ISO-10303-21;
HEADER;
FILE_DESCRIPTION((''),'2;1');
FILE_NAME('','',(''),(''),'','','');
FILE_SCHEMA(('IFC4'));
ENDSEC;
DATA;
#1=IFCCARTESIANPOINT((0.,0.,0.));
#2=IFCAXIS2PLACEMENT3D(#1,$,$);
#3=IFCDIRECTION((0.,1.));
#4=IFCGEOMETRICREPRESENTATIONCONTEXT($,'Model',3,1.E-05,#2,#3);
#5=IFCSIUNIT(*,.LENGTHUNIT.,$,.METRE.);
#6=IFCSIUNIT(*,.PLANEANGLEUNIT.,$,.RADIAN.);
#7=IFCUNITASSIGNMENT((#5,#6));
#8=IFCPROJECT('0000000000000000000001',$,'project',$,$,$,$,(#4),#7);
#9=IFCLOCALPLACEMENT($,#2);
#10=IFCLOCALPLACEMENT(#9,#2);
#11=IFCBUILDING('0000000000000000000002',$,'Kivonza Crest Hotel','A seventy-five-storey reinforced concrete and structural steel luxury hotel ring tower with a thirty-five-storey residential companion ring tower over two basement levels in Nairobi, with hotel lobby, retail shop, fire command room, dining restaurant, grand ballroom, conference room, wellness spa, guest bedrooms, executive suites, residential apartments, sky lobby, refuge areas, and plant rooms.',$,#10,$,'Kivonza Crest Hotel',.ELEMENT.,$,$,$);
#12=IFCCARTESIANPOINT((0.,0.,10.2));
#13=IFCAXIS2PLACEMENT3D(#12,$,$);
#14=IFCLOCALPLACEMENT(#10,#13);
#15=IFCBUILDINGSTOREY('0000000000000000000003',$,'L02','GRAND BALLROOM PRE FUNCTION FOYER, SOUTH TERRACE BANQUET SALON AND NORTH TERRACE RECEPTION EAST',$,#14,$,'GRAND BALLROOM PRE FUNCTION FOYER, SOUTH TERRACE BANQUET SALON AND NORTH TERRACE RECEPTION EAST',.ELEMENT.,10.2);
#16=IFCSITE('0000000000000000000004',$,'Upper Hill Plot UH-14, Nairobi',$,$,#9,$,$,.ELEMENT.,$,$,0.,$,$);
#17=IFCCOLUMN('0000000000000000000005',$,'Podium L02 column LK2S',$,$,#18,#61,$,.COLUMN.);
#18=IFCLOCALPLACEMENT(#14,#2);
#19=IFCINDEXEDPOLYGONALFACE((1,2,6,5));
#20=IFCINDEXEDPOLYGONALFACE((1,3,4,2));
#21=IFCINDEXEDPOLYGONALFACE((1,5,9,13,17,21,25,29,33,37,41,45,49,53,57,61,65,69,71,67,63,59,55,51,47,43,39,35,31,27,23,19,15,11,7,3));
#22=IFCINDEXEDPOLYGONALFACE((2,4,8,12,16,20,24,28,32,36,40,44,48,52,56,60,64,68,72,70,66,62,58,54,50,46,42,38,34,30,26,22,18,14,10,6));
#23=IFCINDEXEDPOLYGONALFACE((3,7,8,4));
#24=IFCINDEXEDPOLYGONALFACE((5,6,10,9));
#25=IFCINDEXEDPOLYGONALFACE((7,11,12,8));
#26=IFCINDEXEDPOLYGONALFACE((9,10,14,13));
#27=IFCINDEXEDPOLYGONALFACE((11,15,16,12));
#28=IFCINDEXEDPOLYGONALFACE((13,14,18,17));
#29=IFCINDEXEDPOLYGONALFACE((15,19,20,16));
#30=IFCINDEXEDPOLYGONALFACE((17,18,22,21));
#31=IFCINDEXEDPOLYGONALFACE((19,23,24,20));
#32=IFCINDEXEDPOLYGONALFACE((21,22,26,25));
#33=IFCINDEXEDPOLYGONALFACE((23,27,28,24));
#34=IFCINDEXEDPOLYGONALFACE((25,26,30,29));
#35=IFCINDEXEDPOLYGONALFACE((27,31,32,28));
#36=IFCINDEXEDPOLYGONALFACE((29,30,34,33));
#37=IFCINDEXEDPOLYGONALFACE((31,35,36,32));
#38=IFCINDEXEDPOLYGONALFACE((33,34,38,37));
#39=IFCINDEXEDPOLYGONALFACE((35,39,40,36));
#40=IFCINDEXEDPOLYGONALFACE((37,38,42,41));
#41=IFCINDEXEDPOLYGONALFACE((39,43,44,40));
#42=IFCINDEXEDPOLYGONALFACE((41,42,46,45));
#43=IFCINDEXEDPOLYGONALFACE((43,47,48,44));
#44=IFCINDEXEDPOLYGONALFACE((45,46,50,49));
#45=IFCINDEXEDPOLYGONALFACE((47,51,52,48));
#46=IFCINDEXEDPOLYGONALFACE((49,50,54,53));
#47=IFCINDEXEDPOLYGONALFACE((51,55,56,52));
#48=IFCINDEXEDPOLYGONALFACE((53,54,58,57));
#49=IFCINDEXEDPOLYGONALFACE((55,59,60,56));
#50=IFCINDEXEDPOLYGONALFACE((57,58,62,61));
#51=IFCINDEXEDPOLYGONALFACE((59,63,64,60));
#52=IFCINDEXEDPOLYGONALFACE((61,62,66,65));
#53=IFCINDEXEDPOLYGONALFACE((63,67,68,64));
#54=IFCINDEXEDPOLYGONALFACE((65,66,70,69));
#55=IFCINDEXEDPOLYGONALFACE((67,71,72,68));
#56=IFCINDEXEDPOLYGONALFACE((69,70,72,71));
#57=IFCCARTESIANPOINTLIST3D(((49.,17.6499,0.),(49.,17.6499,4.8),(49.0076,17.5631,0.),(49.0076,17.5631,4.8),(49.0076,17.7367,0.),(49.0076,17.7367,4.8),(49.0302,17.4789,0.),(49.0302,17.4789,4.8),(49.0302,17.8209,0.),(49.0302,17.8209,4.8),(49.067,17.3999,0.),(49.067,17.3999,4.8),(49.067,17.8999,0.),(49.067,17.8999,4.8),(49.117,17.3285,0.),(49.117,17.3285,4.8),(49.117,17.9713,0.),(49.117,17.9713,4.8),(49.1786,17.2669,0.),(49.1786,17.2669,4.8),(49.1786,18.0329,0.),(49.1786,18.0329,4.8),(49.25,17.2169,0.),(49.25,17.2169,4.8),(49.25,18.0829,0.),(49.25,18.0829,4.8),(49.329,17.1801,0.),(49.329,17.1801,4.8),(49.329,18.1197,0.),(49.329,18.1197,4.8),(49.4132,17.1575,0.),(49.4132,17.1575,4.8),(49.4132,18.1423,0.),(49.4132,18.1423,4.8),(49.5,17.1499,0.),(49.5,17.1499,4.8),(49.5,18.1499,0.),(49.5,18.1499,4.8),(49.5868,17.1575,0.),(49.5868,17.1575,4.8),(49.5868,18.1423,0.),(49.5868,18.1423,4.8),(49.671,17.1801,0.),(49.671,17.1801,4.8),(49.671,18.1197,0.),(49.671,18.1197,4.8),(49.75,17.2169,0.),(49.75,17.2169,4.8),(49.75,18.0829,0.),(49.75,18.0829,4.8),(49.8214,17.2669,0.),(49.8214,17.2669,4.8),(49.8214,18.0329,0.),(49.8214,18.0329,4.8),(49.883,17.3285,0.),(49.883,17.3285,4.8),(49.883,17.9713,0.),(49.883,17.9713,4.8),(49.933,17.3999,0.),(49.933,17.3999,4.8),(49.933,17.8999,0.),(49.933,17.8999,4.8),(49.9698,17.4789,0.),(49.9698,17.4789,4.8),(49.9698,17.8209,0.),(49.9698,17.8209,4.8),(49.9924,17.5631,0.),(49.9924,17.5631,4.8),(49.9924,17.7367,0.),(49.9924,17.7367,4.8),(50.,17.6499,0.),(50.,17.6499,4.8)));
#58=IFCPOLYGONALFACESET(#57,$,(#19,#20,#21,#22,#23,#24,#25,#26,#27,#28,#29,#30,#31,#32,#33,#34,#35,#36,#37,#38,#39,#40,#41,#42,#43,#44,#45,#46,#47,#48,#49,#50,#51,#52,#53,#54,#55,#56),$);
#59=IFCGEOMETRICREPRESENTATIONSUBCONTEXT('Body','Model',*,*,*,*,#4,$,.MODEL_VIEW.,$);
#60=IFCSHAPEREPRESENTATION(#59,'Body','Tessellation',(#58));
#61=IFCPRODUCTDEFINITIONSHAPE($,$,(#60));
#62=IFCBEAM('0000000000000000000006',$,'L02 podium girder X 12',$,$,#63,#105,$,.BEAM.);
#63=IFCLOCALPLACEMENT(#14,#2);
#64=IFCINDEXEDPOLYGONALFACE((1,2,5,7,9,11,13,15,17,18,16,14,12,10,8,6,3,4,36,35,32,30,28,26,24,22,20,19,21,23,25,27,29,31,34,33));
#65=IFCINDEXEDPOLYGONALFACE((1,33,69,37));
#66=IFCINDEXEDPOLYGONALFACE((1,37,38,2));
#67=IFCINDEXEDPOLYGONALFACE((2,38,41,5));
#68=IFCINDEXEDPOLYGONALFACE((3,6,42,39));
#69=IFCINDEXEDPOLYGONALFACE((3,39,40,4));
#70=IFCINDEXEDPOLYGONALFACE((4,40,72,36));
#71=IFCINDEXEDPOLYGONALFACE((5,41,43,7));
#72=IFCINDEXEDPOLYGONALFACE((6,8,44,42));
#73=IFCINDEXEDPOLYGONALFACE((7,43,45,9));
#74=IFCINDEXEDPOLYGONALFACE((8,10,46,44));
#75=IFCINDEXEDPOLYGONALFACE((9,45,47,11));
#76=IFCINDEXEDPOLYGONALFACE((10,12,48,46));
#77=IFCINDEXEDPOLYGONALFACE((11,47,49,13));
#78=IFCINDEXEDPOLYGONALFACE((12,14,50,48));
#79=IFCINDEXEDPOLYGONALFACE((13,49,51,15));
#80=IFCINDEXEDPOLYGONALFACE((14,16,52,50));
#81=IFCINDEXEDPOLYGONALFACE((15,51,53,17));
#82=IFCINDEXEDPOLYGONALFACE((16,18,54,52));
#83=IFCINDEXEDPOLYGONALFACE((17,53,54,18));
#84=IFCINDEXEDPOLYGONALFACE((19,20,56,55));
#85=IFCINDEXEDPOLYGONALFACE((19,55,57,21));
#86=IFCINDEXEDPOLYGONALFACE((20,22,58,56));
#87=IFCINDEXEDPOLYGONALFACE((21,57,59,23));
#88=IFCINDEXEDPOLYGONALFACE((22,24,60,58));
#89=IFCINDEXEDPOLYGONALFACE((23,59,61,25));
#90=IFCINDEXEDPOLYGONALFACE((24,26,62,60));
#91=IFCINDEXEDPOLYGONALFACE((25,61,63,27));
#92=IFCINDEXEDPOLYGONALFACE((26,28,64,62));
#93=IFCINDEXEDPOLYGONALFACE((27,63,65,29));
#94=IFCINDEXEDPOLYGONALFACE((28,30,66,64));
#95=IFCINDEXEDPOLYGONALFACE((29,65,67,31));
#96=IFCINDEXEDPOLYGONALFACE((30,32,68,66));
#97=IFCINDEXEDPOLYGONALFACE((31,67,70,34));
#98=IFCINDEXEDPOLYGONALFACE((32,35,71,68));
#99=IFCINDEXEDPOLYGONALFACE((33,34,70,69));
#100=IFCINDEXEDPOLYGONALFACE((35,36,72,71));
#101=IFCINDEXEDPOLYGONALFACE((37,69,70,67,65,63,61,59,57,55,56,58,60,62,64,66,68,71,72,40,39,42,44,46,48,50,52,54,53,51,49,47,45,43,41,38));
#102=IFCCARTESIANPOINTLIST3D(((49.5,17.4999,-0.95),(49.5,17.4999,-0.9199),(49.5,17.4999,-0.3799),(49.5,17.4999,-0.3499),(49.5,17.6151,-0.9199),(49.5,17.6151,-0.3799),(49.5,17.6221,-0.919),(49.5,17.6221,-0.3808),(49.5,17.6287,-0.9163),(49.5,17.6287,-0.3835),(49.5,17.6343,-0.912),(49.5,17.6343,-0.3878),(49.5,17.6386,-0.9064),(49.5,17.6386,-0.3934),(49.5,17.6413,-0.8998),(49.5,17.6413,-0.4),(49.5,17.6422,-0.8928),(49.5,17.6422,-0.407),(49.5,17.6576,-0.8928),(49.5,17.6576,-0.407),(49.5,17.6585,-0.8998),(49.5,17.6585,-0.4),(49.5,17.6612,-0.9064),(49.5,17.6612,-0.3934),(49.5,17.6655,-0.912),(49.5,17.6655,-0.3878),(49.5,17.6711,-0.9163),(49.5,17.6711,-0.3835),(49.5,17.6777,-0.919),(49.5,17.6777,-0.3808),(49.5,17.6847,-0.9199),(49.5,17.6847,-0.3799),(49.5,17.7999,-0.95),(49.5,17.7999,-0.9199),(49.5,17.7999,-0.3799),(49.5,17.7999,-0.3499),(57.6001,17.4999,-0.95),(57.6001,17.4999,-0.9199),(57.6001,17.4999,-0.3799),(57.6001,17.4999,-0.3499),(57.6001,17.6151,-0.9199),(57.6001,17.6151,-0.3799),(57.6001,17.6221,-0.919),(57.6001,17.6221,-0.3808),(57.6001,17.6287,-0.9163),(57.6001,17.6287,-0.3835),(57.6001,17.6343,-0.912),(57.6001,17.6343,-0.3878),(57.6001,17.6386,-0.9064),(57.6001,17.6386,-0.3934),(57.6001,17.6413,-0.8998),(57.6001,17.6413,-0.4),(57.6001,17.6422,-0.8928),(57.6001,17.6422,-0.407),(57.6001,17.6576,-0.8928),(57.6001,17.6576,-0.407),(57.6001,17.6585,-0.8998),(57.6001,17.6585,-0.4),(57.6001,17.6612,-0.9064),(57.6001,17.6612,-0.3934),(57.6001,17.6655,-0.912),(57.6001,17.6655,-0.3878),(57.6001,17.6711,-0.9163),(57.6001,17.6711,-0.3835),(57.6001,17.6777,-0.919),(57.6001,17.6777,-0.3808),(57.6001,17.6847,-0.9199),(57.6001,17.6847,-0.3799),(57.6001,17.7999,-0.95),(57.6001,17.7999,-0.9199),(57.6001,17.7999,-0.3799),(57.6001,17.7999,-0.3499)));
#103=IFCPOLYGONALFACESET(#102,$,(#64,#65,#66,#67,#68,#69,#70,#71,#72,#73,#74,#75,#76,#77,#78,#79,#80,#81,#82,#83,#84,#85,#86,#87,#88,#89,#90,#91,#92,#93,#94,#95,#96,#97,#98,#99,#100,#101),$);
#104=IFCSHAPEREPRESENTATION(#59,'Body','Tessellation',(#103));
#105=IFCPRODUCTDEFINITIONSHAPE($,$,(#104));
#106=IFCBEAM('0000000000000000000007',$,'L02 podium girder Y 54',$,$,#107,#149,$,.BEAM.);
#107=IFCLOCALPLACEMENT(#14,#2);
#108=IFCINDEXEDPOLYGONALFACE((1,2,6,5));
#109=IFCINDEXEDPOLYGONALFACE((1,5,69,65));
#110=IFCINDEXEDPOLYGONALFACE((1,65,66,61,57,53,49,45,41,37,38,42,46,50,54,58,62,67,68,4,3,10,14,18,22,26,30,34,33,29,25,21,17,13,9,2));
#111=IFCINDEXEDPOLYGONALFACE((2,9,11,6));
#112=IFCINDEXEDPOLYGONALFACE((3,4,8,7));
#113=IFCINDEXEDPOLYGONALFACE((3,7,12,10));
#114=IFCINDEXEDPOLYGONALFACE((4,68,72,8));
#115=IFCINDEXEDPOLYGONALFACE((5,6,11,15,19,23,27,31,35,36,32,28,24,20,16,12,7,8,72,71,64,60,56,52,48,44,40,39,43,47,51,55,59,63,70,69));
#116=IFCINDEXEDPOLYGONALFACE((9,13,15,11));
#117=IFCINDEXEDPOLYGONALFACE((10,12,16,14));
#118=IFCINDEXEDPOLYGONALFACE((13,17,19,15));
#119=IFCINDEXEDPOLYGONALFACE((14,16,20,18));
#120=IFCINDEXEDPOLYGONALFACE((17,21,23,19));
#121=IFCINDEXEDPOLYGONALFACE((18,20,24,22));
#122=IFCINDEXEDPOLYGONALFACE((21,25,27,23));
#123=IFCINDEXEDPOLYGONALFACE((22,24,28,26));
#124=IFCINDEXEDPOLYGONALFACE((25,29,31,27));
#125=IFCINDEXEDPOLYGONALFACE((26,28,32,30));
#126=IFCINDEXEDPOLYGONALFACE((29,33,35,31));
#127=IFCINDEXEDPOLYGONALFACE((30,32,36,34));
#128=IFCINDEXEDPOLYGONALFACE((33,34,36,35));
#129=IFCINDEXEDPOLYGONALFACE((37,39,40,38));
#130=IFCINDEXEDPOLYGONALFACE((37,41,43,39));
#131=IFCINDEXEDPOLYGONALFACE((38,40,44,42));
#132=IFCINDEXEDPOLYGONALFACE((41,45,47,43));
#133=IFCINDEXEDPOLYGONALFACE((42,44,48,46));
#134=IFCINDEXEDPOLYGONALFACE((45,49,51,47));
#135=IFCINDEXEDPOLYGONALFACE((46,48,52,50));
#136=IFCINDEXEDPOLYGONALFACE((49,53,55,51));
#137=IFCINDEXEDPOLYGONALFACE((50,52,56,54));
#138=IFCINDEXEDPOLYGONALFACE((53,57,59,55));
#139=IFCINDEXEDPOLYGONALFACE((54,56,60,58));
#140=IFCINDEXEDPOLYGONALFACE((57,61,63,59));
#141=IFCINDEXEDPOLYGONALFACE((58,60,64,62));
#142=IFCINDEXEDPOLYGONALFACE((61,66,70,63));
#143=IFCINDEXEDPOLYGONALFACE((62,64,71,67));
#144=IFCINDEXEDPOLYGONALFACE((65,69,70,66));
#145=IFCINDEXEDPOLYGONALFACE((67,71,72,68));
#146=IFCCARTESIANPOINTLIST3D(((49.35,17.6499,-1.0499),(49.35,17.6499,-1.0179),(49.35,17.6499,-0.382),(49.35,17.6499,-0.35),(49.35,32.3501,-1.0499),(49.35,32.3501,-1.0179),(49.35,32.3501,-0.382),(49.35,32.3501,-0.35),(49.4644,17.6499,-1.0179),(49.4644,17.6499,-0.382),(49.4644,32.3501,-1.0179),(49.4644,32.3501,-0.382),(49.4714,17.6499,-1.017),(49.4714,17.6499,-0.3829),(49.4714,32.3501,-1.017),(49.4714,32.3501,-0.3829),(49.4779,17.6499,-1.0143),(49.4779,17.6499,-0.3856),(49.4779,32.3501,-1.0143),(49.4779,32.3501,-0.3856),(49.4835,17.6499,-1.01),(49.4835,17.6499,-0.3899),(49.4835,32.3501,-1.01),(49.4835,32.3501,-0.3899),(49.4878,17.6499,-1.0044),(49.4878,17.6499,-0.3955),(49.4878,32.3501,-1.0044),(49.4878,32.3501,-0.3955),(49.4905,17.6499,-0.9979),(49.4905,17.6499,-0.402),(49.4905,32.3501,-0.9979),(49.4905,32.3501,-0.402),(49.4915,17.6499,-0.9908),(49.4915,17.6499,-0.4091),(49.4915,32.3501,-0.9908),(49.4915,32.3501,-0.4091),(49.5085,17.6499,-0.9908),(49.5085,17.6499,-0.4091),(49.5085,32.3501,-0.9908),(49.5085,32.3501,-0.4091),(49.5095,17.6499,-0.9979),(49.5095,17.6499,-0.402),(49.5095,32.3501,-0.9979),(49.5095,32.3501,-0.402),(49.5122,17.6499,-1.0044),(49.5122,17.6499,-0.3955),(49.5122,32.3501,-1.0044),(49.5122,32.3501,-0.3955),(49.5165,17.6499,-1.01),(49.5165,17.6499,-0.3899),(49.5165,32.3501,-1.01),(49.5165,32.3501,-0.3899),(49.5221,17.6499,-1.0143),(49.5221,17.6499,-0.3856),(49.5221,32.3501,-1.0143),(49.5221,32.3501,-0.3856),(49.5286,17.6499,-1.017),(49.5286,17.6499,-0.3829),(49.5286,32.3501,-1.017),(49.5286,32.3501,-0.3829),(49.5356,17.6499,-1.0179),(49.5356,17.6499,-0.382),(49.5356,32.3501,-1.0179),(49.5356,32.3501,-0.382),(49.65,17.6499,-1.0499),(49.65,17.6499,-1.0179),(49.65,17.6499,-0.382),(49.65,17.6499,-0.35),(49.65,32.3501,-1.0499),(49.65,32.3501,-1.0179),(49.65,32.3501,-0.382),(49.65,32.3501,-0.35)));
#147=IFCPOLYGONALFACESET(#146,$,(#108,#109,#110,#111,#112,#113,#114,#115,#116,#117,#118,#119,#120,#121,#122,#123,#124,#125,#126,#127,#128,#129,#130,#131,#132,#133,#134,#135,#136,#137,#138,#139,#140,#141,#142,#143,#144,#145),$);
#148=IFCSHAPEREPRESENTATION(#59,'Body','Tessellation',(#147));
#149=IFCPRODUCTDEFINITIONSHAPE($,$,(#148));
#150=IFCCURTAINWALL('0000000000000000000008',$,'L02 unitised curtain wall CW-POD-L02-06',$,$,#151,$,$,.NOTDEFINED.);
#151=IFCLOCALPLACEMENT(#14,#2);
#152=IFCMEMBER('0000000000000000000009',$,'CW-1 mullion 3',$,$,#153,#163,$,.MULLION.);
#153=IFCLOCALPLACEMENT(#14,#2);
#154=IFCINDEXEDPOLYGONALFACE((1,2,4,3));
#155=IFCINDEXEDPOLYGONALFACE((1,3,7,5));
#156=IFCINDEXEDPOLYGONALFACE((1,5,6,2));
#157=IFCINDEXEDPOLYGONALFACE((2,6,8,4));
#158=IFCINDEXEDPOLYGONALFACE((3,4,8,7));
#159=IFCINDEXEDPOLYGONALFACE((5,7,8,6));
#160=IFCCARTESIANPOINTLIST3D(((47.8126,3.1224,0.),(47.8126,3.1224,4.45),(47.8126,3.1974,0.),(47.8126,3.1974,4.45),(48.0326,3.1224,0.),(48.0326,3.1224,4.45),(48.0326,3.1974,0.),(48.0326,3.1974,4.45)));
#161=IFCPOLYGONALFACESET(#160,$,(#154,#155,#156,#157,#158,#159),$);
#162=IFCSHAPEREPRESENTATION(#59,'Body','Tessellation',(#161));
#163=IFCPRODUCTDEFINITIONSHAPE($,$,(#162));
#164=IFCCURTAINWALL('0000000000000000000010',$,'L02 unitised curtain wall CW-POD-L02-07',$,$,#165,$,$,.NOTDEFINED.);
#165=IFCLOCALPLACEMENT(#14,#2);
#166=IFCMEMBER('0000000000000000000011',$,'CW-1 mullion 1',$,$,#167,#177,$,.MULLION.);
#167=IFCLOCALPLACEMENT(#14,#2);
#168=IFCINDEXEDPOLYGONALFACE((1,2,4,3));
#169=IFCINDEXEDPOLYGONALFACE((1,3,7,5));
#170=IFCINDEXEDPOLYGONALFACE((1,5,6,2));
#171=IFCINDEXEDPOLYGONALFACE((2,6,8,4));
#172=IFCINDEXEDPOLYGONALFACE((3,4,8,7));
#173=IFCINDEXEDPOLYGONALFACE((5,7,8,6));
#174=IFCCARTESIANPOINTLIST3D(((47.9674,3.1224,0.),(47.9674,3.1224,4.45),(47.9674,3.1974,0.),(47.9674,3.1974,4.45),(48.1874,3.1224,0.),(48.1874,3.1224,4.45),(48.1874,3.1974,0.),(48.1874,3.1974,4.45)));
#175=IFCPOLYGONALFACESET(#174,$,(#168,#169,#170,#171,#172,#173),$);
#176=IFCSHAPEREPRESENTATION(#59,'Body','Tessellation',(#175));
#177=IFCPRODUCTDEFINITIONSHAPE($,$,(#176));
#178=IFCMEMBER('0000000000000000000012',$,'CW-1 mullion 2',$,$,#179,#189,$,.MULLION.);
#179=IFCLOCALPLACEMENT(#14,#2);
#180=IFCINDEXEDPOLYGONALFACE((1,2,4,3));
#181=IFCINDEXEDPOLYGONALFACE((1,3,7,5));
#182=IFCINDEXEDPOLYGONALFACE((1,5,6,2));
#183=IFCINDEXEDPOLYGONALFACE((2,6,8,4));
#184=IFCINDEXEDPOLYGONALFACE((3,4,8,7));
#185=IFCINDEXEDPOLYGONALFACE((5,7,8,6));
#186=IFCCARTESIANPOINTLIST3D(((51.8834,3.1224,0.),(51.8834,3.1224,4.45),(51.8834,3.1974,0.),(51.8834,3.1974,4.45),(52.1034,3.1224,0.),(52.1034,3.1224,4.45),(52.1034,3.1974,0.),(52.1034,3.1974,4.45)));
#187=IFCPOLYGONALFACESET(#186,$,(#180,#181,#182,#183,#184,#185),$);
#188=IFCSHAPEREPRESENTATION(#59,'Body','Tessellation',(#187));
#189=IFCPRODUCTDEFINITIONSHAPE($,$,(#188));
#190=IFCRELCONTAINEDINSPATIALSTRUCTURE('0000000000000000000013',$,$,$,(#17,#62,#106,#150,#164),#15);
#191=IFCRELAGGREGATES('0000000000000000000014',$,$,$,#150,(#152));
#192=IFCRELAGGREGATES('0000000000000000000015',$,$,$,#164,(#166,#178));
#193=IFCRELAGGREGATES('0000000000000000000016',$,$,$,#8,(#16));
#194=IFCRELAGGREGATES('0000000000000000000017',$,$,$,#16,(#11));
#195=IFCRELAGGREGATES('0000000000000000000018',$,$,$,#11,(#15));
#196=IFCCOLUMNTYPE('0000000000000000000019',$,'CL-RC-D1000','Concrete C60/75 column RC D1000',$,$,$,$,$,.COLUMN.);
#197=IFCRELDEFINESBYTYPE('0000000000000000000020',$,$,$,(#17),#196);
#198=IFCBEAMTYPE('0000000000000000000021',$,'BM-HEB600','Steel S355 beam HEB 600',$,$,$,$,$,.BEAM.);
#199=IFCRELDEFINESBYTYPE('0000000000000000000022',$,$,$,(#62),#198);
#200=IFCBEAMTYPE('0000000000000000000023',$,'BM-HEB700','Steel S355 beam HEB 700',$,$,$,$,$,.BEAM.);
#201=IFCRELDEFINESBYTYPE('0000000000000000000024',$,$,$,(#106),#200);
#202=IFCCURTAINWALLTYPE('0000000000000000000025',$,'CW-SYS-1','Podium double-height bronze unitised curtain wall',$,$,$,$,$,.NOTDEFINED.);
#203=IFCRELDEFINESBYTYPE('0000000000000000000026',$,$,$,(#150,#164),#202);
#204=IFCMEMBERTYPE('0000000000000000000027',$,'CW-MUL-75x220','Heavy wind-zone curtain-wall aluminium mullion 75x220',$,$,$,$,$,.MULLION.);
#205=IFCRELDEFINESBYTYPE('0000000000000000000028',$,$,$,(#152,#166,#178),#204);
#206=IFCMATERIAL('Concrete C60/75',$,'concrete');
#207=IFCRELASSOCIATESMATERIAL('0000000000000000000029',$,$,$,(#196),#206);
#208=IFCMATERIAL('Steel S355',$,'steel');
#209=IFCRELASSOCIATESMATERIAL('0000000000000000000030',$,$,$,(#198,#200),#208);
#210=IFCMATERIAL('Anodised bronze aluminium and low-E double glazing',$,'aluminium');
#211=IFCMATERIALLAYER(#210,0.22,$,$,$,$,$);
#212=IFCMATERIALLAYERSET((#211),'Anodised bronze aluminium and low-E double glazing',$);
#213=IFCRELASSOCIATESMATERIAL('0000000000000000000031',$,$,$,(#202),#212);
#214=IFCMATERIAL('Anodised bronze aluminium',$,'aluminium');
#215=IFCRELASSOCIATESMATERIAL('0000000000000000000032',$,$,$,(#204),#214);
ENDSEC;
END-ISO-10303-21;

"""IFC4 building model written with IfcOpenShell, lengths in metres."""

from ifc_helpers import new_model, si_unit, direction, frame, origin, origin_2d, place, context, subcontext, project, spatial, rectangle, circle, i_section, extrude, material, layer, layer_set, material_profile, profile_set, type_object, element, aggregate, save


model = new_model("IFC4")

# Units and contexts
model_context = context("Model", 3, precision=1e-05, world=origin(), true_north=direction((0.0, 1.0)))
body_context = subcontext(model_context, "Body", "Model", "MODEL_VIEW")
ifc_project = project(units=[si_unit("LENGTHUNIT", "METRE"), si_unit("PLANEANGLEUNIT", "RADIAN")], contexts=[model_context])

# Site, building, storey
site_placement = place(None, origin())
site = spatial("IfcSite", under=ifc_project, at=site_placement, Name="Upper Hill Plot UH-14, Nairobi", CompositionType="ELEMENT", RefElevation=0.0)
building_placement = place(site_placement, origin())
building = spatial("IfcBuilding", under=site, at=building_placement, Name="Kivonza Crest Hotel", Description="A seventy-five-storey reinforced concrete and structural steel luxury hotel ring tower with a thirty-five-storey residential companion ring tower over two basement levels in Nairobi, with hotel lobby, retail shop, fire command room, dining restaurant, grand ballroom, conference room, wellness spa, guest bedrooms, executive suites, residential apartments, sky lobby, refuge areas, and plant rooms.", LongName="Kivonza Crest Hotel", CompositionType="ELEMENT")
storey_placement = place(building_placement, frame((0.0, 0.0, 10.2)))
storey = spatial("IfcBuildingStorey", under=building, at=storey_placement, Name="L02", Description="GRAND BALLROOM PRE FUNCTION FOYER, SOUTH TERRACE BANQUET SALON AND NORTH TERRACE RECEPTION EAST", LongName="GRAND BALLROOM PRE FUNCTION FOYER, SOUTH TERRACE BANQUET SALON AND NORTH TERRACE RECEPTION EAST", CompositionType="ELEMENT", Elevation=10.2)

# Column
ifc_material_1 = material(Name="Concrete C60/75", Category="concrete")
ifc_material_profile_1 = material_profile(ifc_material_1, circle(Radius=0.5, at=origin_2d()), Name="RC D1000")
ifc_profile_set_1 = profile_set([ifc_material_profile_1], Name="Concrete C60/75")
column_type = type_object("IfcColumnType", Name="CL-RC-D1000", Description="Concrete C60/75 column RC D1000", PredefinedType="COLUMN", material=ifc_profile_set_1)
column_placement = place(storey_placement, frame((49.5, 17.6499, 0.0), z_axis=(0.0, 0.0, 1.0), x_axis=(1.0, 0.0, 0.0)))
element("IfcColumn", 1, at=column_placement, inside=storey, type_object=column_type, Name="Podium L02 column LK2S", PredefinedType="COLUMN", context=body_context, shape_type="SweptSolid", body=[
    extrude(circle(Radius=0.5, at=origin_2d()), origin(), (0.0, 0.0, 1.0), 4.8),
])

# Beams
ifc_material_2 = material(Name="Steel S355", Category="steel")
ifc_material_profile_2 = material_profile(ifc_material_2, i_section(OverallWidth=0.3, OverallDepth=0.6001, WebThickness=0.0154, FlangeThickness=0.03, FilletRadius=0.0271, at=origin_2d()), Name="HEB 600")
ifc_profile_set_2 = profile_set([ifc_material_profile_2], Name="Steel S355")
beam_type_1 = type_object("IfcBeamType", Name="BM-HEB600", Description="Steel S355 beam HEB 600", PredefinedType="BEAM", material=ifc_profile_set_2)
beam_1_placement = place(storey_placement, frame((49.5, 17.6499, -0.6499), z_axis=(1.0, 0.0, 0.0), x_axis=(0.0, 1.0, 0.0)))
element("IfcBeam", 2, at=beam_1_placement, inside=storey, type_object=beam_type_1, Name="L02 podium girder X 12", PredefinedType="BEAM", context=body_context, shape_type="SweptSolid", body=[
    extrude(i_section(OverallWidth=0.3, OverallDepth=0.6001, WebThickness=0.0154, FlangeThickness=0.03, FilletRadius=0.0271, at=origin_2d()), origin(), (0.0, 0.0, 1.0), 8.1001),
])
ifc_material_profile_3 = material_profile(ifc_material_2, i_section(OverallWidth=0.3, OverallDepth=0.7, WebThickness=0.0171, FlangeThickness=0.032, FilletRadius=0.0271, at=origin_2d()), Name="HEB 700")
ifc_profile_set_3 = profile_set([ifc_material_profile_3], Name="Steel S355")
beam_type_2 = type_object("IfcBeamType", Name="BM-HEB700", Description="Steel S355 beam HEB 700", PredefinedType="BEAM", material=ifc_profile_set_3)
beam_2_placement = place(storey_placement, frame((49.5, 17.6499, -0.7), z_axis=(0.0, 1.0, 0.0), x_axis=(-1.0, 0.0, 0.0)))
element("IfcBeam", 3, at=beam_2_placement, inside=storey, type_object=beam_type_2, Name="L02 podium girder Y 54", PredefinedType="BEAM", context=body_context, shape_type="SweptSolid", body=[
    extrude(i_section(OverallWidth=0.3, OverallDepth=0.7, WebThickness=0.0171, FlangeThickness=0.032, FilletRadius=0.0271, at=origin_2d()), origin(), (0.0, 0.0, 1.0), 14.7002),
])

# Curtain wall, member
ifc_material_3 = material(Name="Anodised bronze aluminium and low-E double glazing", Category="aluminium")
ifc_layer_1 = layer(ifc_material_3, 0.22)
ifc_layer_set_1 = layer_set([ifc_layer_1], Name="Anodised bronze aluminium and low-E double glazing")
curtain_wall_type = type_object("IfcCurtainWallType", Name="CW-SYS-1", Description="Podium double-height bronze unitised curtain wall", PredefinedType="NOTDEFINED", material=ifc_layer_set_1)
curtain_wall_1_placement = place(storey_placement, origin())
curtain_wall_1 = element("IfcCurtainWall", 4, at=curtain_wall_1_placement, inside=storey, type_object=curtain_wall_type, Name="L02 unitised curtain wall CW-POD-L02-06", PredefinedType="NOTDEFINED")
ifc_material_4 = material(Name="Anodised bronze aluminium", Category="aluminium")
ifc_material_profile_4 = material_profile(ifc_material_4, rectangle(XDim=0.075, YDim=0.22, at=origin_2d()), Name="CW-M 75x220")
ifc_profile_set_4 = profile_set([ifc_material_profile_4], Name="Anodised bronze aluminium")
member_type_1 = type_object("IfcMemberType", Name="CW-MUL-75x220", Description="Heavy wind-zone curtain-wall aluminium mullion 75x220", PredefinedType="MULLION", material=ifc_profile_set_4)
member_1_placement = place(storey_placement, frame((47.9226, 3.1599, 0.0), z_axis=(0.0, 0.0, 1.0), x_axis=(0.0, 1.0, 0.0)))
member_1 = element("IfcMember", 5, at=member_1_placement, type_object=member_type_1, Name="CW-1 mullion 3", PredefinedType="MULLION", context=body_context, shape_type="SweptSolid", body=[
    extrude(rectangle(XDim=0.075, YDim=0.22, at=origin_2d()), origin(), (0.0, 0.0, 1.0), 4.45),
])

# Curtain wall, members
curtain_wall_2_placement = place(storey_placement, origin())
curtain_wall_2 = element("IfcCurtainWall", 6, at=curtain_wall_2_placement, inside=storey, type_object=curtain_wall_type, Name="L02 unitised curtain wall CW-POD-L02-07", PredefinedType="NOTDEFINED")
member_2_placement = place(storey_placement, frame((48.0774, 3.1599, 0.0), z_axis=(0.0, 0.0, 1.0), x_axis=(0.0, 1.0, 0.0)))
member_2 = element("IfcMember", 7, at=member_2_placement, type_object=member_type_1, Name="CW-1 mullion 1", PredefinedType="MULLION", context=body_context, shape_type="SweptSolid", body=[
    extrude(rectangle(XDim=0.075, YDim=0.22, at=origin_2d()), origin(), (0.0, 0.0, 1.0), 4.45),
])
member_3_placement = place(storey_placement, frame((51.9934, 3.1599, 0.0), z_axis=(0.0, 0.0, 1.0), x_axis=(0.0, 1.0, 0.0)))
member_3 = element("IfcMember", 8, at=member_3_placement, type_object=member_type_1, Name="CW-1 mullion 2", PredefinedType="MULLION", context=body_context, shape_type="SweptSolid", body=[
    extrude(rectangle(XDim=0.075, YDim=0.22, at=origin_2d()), origin(), (0.0, 0.0, 1.0), 4.45),
])

aggregate(curtain_wall_1, [member_1])
aggregate(curtain_wall_2, [member_2, member_3])

save(model, "model.ifc")
